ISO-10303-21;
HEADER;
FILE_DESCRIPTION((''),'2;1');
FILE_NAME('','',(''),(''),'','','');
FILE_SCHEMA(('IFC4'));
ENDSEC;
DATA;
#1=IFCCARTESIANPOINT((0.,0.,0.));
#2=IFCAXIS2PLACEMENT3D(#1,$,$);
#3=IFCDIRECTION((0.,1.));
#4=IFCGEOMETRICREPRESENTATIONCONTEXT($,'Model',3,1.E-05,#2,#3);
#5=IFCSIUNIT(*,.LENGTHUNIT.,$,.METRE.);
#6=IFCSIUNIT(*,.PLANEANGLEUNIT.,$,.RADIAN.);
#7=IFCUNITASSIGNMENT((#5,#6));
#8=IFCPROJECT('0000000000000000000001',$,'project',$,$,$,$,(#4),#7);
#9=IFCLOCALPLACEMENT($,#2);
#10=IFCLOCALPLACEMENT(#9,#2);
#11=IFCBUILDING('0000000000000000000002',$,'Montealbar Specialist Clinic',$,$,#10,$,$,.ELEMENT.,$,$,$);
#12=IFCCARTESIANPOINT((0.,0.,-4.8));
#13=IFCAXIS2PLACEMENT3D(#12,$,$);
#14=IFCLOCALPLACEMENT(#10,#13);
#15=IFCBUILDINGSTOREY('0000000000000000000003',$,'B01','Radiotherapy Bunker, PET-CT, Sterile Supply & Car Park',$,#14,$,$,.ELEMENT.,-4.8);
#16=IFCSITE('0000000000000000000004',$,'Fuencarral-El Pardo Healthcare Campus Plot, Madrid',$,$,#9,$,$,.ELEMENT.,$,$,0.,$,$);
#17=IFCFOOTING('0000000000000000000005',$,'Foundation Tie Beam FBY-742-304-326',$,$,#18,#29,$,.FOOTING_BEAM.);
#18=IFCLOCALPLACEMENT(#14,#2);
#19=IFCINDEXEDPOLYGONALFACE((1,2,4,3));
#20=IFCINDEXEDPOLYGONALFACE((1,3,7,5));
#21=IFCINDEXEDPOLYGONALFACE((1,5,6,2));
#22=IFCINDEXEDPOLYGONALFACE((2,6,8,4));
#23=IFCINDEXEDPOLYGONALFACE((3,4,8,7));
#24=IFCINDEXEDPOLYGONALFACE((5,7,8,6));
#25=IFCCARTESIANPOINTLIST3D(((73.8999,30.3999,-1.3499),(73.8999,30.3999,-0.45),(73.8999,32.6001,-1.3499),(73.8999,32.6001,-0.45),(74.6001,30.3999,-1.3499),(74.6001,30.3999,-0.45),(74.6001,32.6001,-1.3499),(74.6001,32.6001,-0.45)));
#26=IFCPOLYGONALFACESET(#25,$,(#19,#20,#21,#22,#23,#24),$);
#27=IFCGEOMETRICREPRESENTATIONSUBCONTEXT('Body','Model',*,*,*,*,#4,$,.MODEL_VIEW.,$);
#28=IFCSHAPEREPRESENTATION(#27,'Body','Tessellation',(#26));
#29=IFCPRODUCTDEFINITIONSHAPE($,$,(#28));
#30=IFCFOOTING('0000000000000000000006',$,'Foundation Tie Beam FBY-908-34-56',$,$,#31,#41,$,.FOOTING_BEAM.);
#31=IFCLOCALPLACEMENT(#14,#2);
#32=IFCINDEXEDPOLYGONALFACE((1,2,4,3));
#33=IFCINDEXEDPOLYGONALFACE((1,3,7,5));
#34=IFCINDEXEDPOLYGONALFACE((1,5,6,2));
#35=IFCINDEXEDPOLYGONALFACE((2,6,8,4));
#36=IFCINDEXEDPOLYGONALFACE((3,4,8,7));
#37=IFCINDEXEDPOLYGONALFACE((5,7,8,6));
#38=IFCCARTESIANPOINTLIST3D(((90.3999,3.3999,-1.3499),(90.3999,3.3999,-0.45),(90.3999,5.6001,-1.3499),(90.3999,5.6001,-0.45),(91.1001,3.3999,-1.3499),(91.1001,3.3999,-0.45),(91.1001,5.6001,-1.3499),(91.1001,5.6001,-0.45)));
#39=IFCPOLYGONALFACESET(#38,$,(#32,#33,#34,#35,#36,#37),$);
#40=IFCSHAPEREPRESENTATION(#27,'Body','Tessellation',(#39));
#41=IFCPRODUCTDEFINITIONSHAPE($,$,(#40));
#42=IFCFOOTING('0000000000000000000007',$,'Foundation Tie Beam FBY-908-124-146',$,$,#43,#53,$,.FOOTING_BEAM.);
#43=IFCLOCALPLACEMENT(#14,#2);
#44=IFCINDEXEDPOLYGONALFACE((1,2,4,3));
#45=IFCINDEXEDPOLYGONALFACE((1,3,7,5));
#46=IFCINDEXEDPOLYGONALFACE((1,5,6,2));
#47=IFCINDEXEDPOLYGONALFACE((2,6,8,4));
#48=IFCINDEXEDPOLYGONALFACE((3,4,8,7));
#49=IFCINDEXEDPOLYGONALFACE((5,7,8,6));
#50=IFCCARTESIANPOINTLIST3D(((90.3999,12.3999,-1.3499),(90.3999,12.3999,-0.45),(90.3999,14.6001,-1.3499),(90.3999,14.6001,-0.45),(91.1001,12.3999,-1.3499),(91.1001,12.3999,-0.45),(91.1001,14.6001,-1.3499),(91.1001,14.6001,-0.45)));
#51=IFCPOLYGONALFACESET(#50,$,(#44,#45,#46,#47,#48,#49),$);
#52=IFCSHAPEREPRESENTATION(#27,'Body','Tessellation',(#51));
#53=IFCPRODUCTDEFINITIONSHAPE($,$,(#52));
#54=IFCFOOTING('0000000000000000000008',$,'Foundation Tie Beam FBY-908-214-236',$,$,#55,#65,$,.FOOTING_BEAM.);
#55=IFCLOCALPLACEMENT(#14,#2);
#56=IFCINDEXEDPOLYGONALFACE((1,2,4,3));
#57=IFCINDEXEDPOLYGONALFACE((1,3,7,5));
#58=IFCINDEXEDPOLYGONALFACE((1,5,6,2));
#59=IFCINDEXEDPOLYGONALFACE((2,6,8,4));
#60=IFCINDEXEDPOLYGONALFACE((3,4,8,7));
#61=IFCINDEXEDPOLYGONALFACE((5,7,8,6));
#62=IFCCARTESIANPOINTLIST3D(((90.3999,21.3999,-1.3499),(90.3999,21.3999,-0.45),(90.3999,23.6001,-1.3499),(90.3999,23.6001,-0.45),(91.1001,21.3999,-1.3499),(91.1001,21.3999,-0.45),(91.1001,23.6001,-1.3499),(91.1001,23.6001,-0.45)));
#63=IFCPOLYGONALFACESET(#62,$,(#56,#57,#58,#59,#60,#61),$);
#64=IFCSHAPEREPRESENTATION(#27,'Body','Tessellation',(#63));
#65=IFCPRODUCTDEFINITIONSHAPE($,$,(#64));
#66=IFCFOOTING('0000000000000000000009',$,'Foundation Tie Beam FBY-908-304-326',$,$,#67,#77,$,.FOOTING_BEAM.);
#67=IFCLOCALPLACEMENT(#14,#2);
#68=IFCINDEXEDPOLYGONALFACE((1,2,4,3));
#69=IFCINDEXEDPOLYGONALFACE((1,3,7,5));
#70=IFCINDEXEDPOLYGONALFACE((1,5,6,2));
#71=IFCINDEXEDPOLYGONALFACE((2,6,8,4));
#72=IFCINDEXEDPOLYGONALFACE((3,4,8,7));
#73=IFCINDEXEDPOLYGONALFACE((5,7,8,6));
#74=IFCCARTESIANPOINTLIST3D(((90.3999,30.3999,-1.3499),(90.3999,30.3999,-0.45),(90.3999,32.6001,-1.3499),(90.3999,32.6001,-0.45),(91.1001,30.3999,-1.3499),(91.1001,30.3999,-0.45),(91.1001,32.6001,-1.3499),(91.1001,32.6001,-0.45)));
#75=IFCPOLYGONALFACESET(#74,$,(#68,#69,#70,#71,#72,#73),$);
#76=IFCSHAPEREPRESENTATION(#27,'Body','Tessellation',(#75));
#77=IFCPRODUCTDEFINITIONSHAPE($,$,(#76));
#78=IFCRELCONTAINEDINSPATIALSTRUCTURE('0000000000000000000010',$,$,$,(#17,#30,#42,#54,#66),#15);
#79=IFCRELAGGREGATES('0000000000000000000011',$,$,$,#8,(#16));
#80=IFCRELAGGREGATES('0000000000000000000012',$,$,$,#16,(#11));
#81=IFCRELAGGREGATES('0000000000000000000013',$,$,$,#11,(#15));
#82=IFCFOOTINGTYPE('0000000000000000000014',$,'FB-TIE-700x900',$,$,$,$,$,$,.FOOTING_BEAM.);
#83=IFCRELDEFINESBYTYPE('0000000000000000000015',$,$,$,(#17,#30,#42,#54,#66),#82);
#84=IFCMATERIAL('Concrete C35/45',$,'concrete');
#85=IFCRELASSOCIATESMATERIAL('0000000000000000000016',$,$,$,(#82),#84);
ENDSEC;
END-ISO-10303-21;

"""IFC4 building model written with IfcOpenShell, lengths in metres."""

from ifc_helpers import new_model, si_unit, direction, frame, origin, place, context, subcontext, project, spatial, polyline, outline, extrude, material, type_object, element, save


model = new_model("IFC4")

# Units and contexts
model_context = context("Model", 3, precision=1e-05, world=origin(), true_north=direction((0.0, 1.0)))
body_context = subcontext(model_context, "Body", "Model", "MODEL_VIEW")
ifc_project = project(units=[si_unit("LENGTHUNIT", "METRE"), si_unit("PLANEANGLEUNIT", "RADIAN")], contexts=[model_context])

# Site, building, storey
site_placement = place(None, origin())
site = spatial("IfcSite", under=ifc_project, at=site_placement, Name="Fuencarral-El Pardo Healthcare Campus Plot, Madrid", CompositionType="ELEMENT", RefElevation=0.0)
building_placement = place(site_placement, origin())
building = spatial("IfcBuilding", under=site, at=building_placement, Name="Montealbar Specialist Clinic", CompositionType="ELEMENT")
storey_placement = place(building_placement, frame((0.0, 0.0, -4.8)))
storey = spatial("IfcBuildingStorey", under=building, at=storey_placement, Name="B01", Description="Radiotherapy Bunker, PET-CT, Sterile Supply & Car Park", CompositionType="ELEMENT", Elevation=-4.8)

# Footings
ifc_material = material(Name="Concrete C35/45", Category="concrete")
footing_type_1 = type_object("IfcFootingType", Name="FB-TIE-700x900", PredefinedType="FOOTING_BEAM", material=ifc_material)
footing_1_placement = place(storey_placement, frame((0.0, 0.0, -1.3499)))
element("IfcFooting", 1, at=footing_1_placement, inside=storey, type_object=footing_type_1, Name="Foundation Tie Beam FBY-742-304-326", PredefinedType="FOOTING_BEAM", context=body_context, shape_type="SweptSolid", body=[
    extrude(outline(polyline([(73.8999, 30.3999), (74.6001, 30.3999), (74.6001, 32.6001), (73.8999, 32.6001), (73.8999, 30.3999)])), origin(), (0.0, 0.0, 1.0), 0.8999),
])
footing_2_placement = place(storey_placement, frame((0.0, 0.0, -1.3499)))
element("IfcFooting", 2, at=footing_2_placement, inside=storey, type_object=footing_type_1, Name="Foundation Tie Beam FBY-908-34-56", PredefinedType="FOOTING_BEAM", context=body_context, shape_type="SweptSolid", body=[
    extrude(outline(polyline([(90.3999, 3.3999), (91.1001, 3.3999), (91.1001, 5.6001), (90.3999, 5.6001), (90.3999, 3.3999)])), origin(), (0.0, 0.0, 1.0), 0.8999),
])
footing_3_placement = place(storey_placement, frame((0.0, 0.0, -1.3499)))
element("IfcFooting", 3, at=footing_3_placement, inside=storey, type_object=footing_type_1, Name="Foundation Tie Beam FBY-908-124-146", PredefinedType="FOOTING_BEAM", context=body_context, shape_type="SweptSolid", body=[
    extrude(outline(polyline([(90.3999, 12.3999), (91.1001, 12.3999), (91.1001, 14.6001), (90.3999, 14.6001), (90.3999, 12.3999)])), origin(), (0.0, 0.0, 1.0), 0.8999),
])
footing_4_placement = place(storey_placement, frame((0.0, 0.0, -1.3499)))
element("IfcFooting", 4, at=footing_4_placement, inside=storey, type_object=footing_type_1, Name="Foundation Tie Beam FBY-908-214-236", PredefinedType="FOOTING_BEAM", context=body_context, shape_type="SweptSolid", body=[
    extrude(outline(polyline([(90.3999, 21.3999), (91.1001, 21.3999), (91.1001, 23.6001), (90.3999, 23.6001), (90.3999, 21.3999)])), origin(), (0.0, 0.0, 1.0), 0.8999),
])
footing_5_placement = place(storey_placement, frame((0.0, 0.0, -1.3499)))
element("IfcFooting", 5, at=footing_5_placement, inside=storey, type_object=footing_type_1, Name="Foundation Tie Beam FBY-908-304-326", PredefinedType="FOOTING_BEAM", context=body_context, shape_type="SweptSolid", body=[
    extrude(outline(polyline([(90.3999, 30.3999), (91.1001, 30.3999), (91.1001, 32.6001), (90.3999, 32.6001), (90.3999, 30.3999)])), origin(), (0.0, 0.0, 1.0), 0.8999),
])

save(model, "model.ifc")
